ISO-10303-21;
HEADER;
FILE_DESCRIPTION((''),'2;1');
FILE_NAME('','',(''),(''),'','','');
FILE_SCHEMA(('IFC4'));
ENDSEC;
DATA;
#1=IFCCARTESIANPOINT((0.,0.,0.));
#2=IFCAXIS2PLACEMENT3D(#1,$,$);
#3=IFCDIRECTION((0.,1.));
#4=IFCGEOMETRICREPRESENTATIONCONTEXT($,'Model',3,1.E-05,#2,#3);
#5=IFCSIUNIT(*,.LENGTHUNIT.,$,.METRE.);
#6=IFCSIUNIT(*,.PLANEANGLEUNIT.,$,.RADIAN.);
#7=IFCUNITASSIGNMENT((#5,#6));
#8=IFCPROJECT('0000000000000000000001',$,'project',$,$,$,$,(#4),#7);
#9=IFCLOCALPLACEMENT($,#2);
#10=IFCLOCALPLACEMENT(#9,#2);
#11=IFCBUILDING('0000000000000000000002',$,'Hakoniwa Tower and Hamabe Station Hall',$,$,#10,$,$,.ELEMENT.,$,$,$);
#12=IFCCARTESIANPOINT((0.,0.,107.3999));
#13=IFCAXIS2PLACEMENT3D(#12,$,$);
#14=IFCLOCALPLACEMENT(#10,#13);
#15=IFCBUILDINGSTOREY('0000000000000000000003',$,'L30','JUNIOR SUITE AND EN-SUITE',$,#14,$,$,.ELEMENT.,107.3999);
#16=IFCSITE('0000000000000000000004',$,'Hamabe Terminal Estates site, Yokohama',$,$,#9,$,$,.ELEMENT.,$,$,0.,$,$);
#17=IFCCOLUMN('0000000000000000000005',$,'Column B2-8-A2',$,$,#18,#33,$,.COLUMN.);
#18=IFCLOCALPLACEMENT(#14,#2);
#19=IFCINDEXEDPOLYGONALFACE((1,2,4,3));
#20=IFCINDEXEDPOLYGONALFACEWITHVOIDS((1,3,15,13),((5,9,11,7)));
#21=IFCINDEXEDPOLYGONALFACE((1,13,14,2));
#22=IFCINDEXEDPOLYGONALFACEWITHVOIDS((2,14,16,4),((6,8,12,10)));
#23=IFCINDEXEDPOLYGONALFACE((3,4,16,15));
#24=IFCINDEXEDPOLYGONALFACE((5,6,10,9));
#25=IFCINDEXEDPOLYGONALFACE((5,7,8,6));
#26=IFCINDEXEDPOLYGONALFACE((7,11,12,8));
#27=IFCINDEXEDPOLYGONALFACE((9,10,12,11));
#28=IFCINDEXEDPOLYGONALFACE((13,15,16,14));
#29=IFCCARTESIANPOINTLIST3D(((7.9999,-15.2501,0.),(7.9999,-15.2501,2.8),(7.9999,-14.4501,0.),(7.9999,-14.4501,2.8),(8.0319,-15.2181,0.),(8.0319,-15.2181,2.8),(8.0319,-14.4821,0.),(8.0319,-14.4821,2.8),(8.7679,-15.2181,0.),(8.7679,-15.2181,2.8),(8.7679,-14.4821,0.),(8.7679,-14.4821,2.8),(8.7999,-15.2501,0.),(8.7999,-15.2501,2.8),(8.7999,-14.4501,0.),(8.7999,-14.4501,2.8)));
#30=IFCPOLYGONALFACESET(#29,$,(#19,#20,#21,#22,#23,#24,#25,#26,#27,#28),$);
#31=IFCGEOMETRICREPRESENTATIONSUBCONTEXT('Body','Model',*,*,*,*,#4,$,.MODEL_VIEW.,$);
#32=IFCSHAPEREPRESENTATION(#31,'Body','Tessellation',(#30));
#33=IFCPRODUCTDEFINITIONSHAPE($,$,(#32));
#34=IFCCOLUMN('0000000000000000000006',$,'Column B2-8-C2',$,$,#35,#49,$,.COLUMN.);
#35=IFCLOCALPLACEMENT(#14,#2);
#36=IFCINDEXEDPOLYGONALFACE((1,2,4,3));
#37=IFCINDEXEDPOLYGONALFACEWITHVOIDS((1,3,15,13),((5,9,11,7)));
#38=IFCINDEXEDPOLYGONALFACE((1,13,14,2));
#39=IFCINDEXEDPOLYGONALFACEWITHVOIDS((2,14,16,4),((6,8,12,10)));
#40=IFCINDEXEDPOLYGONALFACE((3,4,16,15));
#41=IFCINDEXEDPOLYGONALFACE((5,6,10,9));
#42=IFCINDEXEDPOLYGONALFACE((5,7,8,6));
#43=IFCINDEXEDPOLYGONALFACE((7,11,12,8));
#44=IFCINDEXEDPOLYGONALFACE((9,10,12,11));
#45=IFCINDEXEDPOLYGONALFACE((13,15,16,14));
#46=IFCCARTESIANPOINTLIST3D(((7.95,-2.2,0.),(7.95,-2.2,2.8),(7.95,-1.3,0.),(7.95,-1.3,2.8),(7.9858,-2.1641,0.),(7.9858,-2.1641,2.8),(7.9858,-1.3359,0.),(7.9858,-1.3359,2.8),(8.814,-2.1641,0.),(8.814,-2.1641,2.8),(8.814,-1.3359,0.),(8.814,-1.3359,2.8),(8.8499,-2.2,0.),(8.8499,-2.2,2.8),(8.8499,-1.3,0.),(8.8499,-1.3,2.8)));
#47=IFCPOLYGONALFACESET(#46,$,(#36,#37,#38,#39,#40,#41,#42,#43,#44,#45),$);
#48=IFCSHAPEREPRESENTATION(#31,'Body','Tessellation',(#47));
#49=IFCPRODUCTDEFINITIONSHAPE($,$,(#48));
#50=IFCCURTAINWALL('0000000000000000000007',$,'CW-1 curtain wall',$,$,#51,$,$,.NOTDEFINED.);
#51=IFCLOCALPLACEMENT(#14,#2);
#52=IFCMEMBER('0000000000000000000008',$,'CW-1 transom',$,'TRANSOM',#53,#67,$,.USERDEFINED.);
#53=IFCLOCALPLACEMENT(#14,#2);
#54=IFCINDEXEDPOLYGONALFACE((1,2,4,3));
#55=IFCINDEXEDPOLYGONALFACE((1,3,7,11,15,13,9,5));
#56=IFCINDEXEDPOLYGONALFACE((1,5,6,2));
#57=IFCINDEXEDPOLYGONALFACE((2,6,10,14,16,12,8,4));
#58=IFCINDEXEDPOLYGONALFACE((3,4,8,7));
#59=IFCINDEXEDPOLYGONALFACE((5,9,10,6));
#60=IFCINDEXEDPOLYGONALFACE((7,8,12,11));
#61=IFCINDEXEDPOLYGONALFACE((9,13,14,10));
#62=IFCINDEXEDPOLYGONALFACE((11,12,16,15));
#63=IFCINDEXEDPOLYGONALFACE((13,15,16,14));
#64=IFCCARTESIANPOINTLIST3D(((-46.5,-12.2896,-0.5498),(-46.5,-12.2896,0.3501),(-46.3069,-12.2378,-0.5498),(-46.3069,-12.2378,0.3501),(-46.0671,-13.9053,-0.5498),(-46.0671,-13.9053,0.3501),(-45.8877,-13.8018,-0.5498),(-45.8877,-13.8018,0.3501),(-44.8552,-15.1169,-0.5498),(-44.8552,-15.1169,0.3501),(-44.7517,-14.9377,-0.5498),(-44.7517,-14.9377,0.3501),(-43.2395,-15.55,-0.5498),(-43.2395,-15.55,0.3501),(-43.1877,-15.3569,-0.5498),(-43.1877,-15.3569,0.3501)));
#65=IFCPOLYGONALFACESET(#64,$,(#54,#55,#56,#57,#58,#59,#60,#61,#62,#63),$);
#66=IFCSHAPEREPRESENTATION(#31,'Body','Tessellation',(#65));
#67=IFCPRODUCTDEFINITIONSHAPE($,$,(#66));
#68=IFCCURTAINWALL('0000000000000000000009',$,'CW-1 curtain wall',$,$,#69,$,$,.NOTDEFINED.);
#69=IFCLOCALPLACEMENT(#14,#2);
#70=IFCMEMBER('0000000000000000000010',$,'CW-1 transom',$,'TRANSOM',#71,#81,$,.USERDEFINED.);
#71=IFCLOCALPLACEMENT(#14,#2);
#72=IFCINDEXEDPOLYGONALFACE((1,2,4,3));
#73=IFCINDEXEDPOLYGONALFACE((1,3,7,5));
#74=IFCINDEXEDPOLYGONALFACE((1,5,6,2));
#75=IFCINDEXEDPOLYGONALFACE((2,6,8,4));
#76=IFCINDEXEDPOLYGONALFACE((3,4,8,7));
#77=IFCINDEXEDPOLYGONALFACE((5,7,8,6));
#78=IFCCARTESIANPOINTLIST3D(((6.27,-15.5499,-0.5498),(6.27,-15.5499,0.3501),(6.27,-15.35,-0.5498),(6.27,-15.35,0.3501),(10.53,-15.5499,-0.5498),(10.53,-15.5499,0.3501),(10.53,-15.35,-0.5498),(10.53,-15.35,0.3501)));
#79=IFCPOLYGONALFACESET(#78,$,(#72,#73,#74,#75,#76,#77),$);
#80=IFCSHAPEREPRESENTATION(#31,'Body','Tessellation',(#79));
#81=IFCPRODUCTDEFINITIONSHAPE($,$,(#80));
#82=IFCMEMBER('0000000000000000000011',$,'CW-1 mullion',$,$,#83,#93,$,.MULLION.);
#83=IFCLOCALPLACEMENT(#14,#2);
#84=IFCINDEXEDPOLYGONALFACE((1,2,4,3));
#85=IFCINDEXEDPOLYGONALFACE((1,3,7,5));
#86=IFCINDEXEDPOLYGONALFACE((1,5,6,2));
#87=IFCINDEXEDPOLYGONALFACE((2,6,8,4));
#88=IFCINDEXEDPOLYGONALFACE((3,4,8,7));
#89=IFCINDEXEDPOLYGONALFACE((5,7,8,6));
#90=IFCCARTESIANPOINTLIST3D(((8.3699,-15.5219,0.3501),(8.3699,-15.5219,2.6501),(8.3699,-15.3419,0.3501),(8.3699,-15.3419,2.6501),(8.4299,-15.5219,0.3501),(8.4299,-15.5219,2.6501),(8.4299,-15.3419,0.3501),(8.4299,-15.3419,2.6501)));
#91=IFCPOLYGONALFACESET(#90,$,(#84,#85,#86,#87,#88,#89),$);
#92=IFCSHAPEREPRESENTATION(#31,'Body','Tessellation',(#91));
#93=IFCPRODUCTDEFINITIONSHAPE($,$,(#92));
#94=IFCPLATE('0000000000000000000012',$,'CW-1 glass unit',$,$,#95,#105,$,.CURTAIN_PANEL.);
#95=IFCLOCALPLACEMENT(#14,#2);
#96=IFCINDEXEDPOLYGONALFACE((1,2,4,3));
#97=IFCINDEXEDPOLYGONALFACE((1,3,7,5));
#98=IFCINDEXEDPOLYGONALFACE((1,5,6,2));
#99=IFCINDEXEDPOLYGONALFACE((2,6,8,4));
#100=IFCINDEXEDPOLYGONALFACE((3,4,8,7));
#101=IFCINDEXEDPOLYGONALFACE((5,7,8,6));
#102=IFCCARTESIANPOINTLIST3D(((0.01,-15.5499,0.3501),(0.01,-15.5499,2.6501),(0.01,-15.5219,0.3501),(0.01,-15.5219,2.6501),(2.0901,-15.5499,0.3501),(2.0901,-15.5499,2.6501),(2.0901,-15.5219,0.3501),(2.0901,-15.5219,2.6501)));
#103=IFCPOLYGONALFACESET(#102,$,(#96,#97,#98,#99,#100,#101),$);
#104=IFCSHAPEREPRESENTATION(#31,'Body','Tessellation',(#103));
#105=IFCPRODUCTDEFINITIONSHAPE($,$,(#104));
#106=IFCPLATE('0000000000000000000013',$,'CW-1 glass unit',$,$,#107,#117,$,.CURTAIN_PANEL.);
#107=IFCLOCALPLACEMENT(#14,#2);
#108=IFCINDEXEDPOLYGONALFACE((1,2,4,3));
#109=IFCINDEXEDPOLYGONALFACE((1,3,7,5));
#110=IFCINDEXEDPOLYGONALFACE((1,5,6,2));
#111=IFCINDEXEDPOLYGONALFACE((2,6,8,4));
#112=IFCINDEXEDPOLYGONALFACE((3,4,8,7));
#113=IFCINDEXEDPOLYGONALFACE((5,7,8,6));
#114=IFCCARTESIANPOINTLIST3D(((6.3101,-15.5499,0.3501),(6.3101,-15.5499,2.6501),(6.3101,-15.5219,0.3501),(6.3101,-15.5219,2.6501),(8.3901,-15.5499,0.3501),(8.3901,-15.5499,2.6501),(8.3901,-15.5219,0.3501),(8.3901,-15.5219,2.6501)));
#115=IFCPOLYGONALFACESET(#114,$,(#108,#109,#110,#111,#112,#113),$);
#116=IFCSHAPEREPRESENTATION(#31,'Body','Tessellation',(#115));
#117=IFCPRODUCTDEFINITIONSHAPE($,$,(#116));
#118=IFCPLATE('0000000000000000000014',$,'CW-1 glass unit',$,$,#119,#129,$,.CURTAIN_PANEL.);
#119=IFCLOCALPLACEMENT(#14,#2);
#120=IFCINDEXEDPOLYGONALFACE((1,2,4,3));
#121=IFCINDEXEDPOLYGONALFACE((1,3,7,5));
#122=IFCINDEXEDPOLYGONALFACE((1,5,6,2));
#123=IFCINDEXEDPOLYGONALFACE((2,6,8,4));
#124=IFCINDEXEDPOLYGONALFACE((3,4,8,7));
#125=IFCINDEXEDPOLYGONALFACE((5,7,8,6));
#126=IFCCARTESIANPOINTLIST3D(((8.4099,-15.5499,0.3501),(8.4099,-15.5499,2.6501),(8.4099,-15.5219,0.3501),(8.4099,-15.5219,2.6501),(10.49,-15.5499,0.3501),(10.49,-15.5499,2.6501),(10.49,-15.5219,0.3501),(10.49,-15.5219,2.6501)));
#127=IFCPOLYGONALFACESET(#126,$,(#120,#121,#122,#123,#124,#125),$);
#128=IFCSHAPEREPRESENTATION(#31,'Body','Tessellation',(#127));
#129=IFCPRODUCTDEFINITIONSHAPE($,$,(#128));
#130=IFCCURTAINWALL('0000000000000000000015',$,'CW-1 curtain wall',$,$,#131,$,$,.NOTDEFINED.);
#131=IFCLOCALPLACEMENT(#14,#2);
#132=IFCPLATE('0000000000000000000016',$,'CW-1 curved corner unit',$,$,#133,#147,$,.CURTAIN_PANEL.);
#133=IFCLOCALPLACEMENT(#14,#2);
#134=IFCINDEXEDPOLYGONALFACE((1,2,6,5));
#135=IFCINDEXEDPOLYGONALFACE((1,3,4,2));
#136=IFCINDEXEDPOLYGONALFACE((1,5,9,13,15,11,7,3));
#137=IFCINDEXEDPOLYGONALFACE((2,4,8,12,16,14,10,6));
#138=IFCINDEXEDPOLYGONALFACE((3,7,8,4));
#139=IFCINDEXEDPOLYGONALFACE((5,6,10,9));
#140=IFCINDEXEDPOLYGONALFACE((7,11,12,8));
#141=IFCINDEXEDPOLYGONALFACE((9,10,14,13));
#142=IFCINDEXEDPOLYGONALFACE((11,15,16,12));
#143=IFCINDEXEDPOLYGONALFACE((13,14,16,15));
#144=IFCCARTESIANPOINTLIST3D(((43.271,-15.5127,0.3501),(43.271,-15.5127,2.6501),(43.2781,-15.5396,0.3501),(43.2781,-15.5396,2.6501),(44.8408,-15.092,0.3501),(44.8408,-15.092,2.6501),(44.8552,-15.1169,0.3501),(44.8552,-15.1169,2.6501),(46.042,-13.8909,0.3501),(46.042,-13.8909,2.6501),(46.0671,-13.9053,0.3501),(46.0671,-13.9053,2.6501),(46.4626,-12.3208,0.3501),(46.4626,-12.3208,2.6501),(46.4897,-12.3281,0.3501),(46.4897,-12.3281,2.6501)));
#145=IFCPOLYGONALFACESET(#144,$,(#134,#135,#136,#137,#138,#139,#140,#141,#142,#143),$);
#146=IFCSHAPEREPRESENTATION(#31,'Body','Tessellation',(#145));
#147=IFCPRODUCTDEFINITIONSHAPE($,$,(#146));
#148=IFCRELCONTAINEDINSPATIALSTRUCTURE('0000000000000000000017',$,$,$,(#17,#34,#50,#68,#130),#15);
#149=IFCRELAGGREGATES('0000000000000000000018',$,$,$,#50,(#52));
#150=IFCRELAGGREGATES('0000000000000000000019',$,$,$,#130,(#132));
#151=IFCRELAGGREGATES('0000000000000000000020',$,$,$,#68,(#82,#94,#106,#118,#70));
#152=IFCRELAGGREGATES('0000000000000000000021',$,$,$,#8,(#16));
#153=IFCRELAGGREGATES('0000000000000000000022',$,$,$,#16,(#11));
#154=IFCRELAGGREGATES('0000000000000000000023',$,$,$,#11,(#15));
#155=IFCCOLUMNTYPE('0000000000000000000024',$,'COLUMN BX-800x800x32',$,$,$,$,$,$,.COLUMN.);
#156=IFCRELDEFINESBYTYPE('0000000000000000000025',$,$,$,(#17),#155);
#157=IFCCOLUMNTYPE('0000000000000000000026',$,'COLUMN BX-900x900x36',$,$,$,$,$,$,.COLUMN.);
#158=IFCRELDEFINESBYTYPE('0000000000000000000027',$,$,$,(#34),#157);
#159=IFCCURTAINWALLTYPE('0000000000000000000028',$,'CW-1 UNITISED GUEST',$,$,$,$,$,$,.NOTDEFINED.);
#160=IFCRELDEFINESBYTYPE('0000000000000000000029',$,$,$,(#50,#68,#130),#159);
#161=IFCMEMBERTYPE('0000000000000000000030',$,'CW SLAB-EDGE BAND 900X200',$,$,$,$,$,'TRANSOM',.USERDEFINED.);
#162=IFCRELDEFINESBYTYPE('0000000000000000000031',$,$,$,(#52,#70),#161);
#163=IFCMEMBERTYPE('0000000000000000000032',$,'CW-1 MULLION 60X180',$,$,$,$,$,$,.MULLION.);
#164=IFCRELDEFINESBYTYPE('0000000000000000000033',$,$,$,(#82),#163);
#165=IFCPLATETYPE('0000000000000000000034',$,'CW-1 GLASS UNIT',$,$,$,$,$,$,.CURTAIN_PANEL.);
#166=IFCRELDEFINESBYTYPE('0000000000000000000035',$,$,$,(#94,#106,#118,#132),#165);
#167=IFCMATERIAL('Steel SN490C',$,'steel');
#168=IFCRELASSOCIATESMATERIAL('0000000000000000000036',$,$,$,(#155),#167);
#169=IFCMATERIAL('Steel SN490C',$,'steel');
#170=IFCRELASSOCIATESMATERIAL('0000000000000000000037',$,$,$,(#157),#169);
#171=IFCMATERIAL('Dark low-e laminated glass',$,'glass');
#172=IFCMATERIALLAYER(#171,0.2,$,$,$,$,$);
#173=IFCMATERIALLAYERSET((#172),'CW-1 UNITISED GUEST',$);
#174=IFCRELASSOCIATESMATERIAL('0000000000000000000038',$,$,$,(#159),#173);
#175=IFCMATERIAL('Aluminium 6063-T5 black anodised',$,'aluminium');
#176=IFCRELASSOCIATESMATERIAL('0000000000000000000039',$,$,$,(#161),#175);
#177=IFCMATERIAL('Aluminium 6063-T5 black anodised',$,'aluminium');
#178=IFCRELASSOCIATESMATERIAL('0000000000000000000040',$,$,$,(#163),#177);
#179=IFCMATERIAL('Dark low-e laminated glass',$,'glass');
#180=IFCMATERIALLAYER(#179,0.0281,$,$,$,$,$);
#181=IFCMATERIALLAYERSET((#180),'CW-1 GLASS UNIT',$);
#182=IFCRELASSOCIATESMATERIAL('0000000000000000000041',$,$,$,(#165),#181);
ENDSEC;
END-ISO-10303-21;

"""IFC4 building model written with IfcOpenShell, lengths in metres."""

from ifc_helpers import new_model, si_unit, direction, frame, origin, origin_2d, place, context, subcontext, project, spatial, polyline, rectangle, hollow_rectangle, outline, extrude, material, layer, layer_set, material_profile, profile_set, type_object, element, aggregate, save


model = new_model("IFC4")

# Units and contexts
model_context = context("Model", 3, precision=1e-05, world=origin(), true_north=direction((0.0, 1.0)))
body_context = subcontext(model_context, "Body", "Model", "MODEL_VIEW")
ifc_project = project(units=[si_unit("LENGTHUNIT", "METRE"), si_unit("PLANEANGLEUNIT", "RADIAN")], contexts=[model_context])

# Site, building, storey
site_placement = place(None, origin())
site = spatial("IfcSite", under=ifc_project, at=site_placement, Name="Hamabe Terminal Estates site, Yokohama", CompositionType="ELEMENT", RefElevation=0.0)
building_placement = place(site_placement, origin())
building = spatial("IfcBuilding", under=site, at=building_placement, Name="Hakoniwa Tower and Hamabe Station Hall", CompositionType="ELEMENT")
storey_placement = place(building_placement, frame((0.0, 0.0, 107.3999)))
storey = spatial("IfcBuildingStorey", under=building, at=storey_placement, Name="L30", Description="JUNIOR SUITE AND EN-SUITE", CompositionType="ELEMENT", Elevation=107.3999)

# Columns
ifc_material_1 = material(Name="Steel SN490C", Category="steel")
ifc_material_profile_1 = material_profile(ifc_material_1, hollow_rectangle(XDim=0.8, YDim=0.8, WallThickness=0.032, at=origin_2d()), Name="BX-800x800x32")
ifc_profile_set_1 = profile_set([ifc_material_profile_1], Name="Steel SN490C")
column_type_1 = type_object("IfcColumnType", Name="COLUMN BX-800x800x32", PredefinedType="COLUMN", material=ifc_profile_set_1)
column_1_placement = place(storey_placement, frame((8.3999, -14.8501, 0.0), z_axis=(0.0, 0.0, 1.0), x_axis=(1.0, 0.0, 0.0)))
element("IfcColumn", 1, at=column_1_placement, inside=storey, type_object=column_type_1, Name="Column B2-8-A2", PredefinedType="COLUMN", context=body_context, shape_type="SweptSolid", body=[
    extrude(hollow_rectangle(XDim=0.8, YDim=0.8, WallThickness=0.032, at=origin_2d()), origin(), (0.0, 0.0, 1.0), 2.8),
])
ifc_material_2 = material(Name="Steel SN490C", Category="steel")
ifc_material_profile_2 = material_profile(ifc_material_2, hollow_rectangle(XDim=0.8999, YDim=0.8999, WallThickness=0.0359, at=origin_2d()), Name="BX-900x900x36")
ifc_profile_set_2 = profile_set([ifc_material_profile_2], Name="Steel SN490C")
column_type_2 = type_object("IfcColumnType", Name="COLUMN BX-900x900x36", PredefinedType="COLUMN", material=ifc_profile_set_2)
column_2_placement = place(storey_placement, frame((8.3999, -1.75, 0.0), z_axis=(0.0, 0.0, 1.0), x_axis=(1.0, 0.0, 0.0)))
element("IfcColumn", 2, at=column_2_placement, inside=storey, type_object=column_type_2, Name="Column B2-8-C2", PredefinedType="COLUMN", context=body_context, shape_type="SweptSolid", body=[
    extrude(hollow_rectangle(XDim=0.8999, YDim=0.8999, WallThickness=0.0359, at=origin_2d()), origin(), (0.0, 0.0, 1.0), 2.8),
])

# Curtain wall, member
ifc_material_3 = material(Name="Dark low-e laminated glass", Category="glass")
ifc_layer_1 = layer(ifc_material_3, 0.2)
ifc_layer_set_1 = layer_set([ifc_layer_1], Name="CW-1 UNITISED GUEST")
curtain_wall_type = type_object("IfcCurtainWallType", Name="CW-1 UNITISED GUEST", PredefinedType="NOTDEFINED", material=ifc_layer_set_1)
curtain_wall_1_placement = place(storey_placement, origin())
curtain_wall_1 = element("IfcCurtainWall", 3, at=curtain_wall_1_placement, inside=storey, type_object=curtain_wall_type, Name="CW-1 curtain wall", PredefinedType="NOTDEFINED")
ifc_material_4 = material(Name="Aluminium 6063-T5 black anodised", Category="aluminium")
ifc_material_profile_3 = material_profile(ifc_material_4, rectangle(XDim=0.2, YDim=0.8999, at=origin_2d()), Name="CW SLAB-EDGE BAND 900X200")
ifc_profile_set_3 = profile_set([ifc_material_profile_3], Name="Aluminium 6063-T5 black anodised")
member_type_1 = type_object("IfcMemberType", Name="CW SLAB-EDGE BAND 900X200", ElementType="TRANSOM", PredefinedType="USERDEFINED", material=ifc_profile_set_3)
member_1_placement = place(storey_placement, frame((0.0, 0.0, -0.5498)))
member_1 = element("IfcMember", 4, at=member_1_placement, type_object=member_type_1, Name="CW-1 transom", ObjectType="TRANSOM", PredefinedType="USERDEFINED", context=body_context, shape_type="SweptSolid", body=[
    extrude(outline(polyline([(-46.5, -12.2896), (-46.0671, -13.9053), (-44.8552, -15.1169), (-43.2395, -15.55), (-43.1877, -15.3569), (-44.7517, -14.9377), (-45.8877, -13.8018), (-46.3069, -12.2378), (-46.5, -12.2896)])), origin(), (0.0, 0.0, 1.0), 0.8999),
])
aggregate(curtain_wall_1, [member_1])

# Curtain wall, members, plates
curtain_wall_2_placement = place(storey_placement, origin())
curtain_wall_2 = element("IfcCurtainWall", 5, at=curtain_wall_2_placement, inside=storey, type_object=curtain_wall_type, Name="CW-1 curtain wall", PredefinedType="NOTDEFINED")
member_2_placement = place(storey_placement, frame((6.27, -15.45, -0.0999), z_axis=(1.0, 0.0, 0.0), x_axis=(0.0, 1.0, 0.0)))
member_2 = element("IfcMember", 6, at=member_2_placement, type_object=member_type_1, Name="CW-1 transom", ObjectType="TRANSOM", PredefinedType="USERDEFINED", context=body_context, shape_type="SweptSolid", body=[
    extrude(rectangle(XDim=0.2, YDim=0.8999, at=origin_2d()), origin(), (0.0, 0.0, 1.0), 4.26),
])
ifc_material_5 = material(Name="Aluminium 6063-T5 black anodised", Category="aluminium")
ifc_material_profile_4 = material_profile(ifc_material_5, rectangle(XDim=0.0601, YDim=0.1799, at=origin_2d()), Name="CW-1 MULLION 60X180")
ifc_profile_set_4 = profile_set([ifc_material_profile_4], Name="Aluminium 6063-T5 black anodised")
member_type_2 = type_object("IfcMemberType", Name="CW-1 MULLION 60X180", PredefinedType="MULLION", material=ifc_profile_set_4)
member_3_placement = place(storey_placement, frame((8.3999, -15.4319, 0.3501), z_axis=(0.0, 0.0, 1.0), x_axis=(1.0, 0.0, 0.0)))
member_3 = element("IfcMember", 7, at=member_3_placement, type_object=member_type_2, Name="CW-1 mullion", PredefinedType="MULLION", context=body_context, shape_type="SweptSolid", body=[
    extrude(rectangle(XDim=0.0601, YDim=0.1799, at=origin_2d()), origin(), (0.0, 0.0, 1.0), 2.3),
])
ifc_material_6 = material(Name="Dark low-e laminated glass", Category="glass")
ifc_layer_2 = layer(ifc_material_6, 0.0281)
ifc_layer_set_2 = layer_set([ifc_layer_2], Name="CW-1 GLASS UNIT")
plate_type = type_object("IfcPlateType", Name="CW-1 GLASS UNIT", PredefinedType="CURTAIN_PANEL", material=ifc_layer_set_2)
plate_1_placement = place(storey_placement, frame((1.05, -15.5359, 0.3501), z_axis=(0.0, 0.0, 1.0), x_axis=(1.0, 0.0, 0.0)))
plate_1 = element("IfcPlate", 8, at=plate_1_placement, type_object=plate_type, Name="CW-1 glass unit", PredefinedType="CURTAIN_PANEL", context=body_context, shape_type="SweptSolid", body=[
    extrude(rectangle(XDim=2.0801, YDim=0.0281, at=origin_2d()), origin(), (0.0, 0.0, 1.0), 2.3),
])
plate_2_placement = place(storey_placement, frame((7.3501, -15.5359, 0.3501), z_axis=(0.0, 0.0, 1.0), x_axis=(1.0, 0.0, 0.0)))
plate_2 = element("IfcPlate", 9, at=plate_2_placement, type_object=plate_type, Name="CW-1 glass unit", PredefinedType="CURTAIN_PANEL", context=body_context, shape_type="SweptSolid", body=[
    extrude(rectangle(XDim=2.0801, YDim=0.0281, at=origin_2d()), origin(), (0.0, 0.0, 1.0), 2.3),
])
plate_3_placement = place(storey_placement, frame((9.45, -15.5359, 0.3501), z_axis=(0.0, 0.0, 1.0), x_axis=(1.0, 0.0, 0.0)))
plate_3 = element("IfcPlate", 10, at=plate_3_placement, type_object=plate_type, Name="CW-1 glass unit", PredefinedType="CURTAIN_PANEL", context=body_context, shape_type="SweptSolid", body=[
    extrude(rectangle(XDim=2.0801, YDim=0.0281, at=origin_2d()), origin(), (0.0, 0.0, 1.0), 2.3),
])

# Curtain wall, plate
curtain_wall_3_placement = place(storey_placement, origin())
curtain_wall_3 = element("IfcCurtainWall", 11, at=curtain_wall_3_placement, inside=storey, type_object=curtain_wall_type, Name="CW-1 curtain wall", PredefinedType="NOTDEFINED")
plate_4_placement = place(storey_placement, frame((0.0, 0.0, 0.3501)))
plate_4 = element("IfcPlate", 12, at=plate_4_placement, type_object=plate_type, Name="CW-1 curved corner unit", PredefinedType="CURTAIN_PANEL", context=body_context, shape_type="SweptSolid", body=[
    extrude(outline(polyline([(43.2781, -15.5396), (44.8552, -15.1169), (46.0671, -13.9053), (46.4897, -12.3281), (46.4626, -12.3208), (46.042, -13.8909), (44.8408, -15.092), (43.271, -15.5127), (43.2781, -15.5396)])), origin(), (0.0, 0.0, 1.0), 2.3),
])
aggregate(curtain_wall_3, [plate_4])

aggregate(curtain_wall_2, [member_3, plate_1, plate_2, plate_3, member_2])

save(model, "model.ifc")
